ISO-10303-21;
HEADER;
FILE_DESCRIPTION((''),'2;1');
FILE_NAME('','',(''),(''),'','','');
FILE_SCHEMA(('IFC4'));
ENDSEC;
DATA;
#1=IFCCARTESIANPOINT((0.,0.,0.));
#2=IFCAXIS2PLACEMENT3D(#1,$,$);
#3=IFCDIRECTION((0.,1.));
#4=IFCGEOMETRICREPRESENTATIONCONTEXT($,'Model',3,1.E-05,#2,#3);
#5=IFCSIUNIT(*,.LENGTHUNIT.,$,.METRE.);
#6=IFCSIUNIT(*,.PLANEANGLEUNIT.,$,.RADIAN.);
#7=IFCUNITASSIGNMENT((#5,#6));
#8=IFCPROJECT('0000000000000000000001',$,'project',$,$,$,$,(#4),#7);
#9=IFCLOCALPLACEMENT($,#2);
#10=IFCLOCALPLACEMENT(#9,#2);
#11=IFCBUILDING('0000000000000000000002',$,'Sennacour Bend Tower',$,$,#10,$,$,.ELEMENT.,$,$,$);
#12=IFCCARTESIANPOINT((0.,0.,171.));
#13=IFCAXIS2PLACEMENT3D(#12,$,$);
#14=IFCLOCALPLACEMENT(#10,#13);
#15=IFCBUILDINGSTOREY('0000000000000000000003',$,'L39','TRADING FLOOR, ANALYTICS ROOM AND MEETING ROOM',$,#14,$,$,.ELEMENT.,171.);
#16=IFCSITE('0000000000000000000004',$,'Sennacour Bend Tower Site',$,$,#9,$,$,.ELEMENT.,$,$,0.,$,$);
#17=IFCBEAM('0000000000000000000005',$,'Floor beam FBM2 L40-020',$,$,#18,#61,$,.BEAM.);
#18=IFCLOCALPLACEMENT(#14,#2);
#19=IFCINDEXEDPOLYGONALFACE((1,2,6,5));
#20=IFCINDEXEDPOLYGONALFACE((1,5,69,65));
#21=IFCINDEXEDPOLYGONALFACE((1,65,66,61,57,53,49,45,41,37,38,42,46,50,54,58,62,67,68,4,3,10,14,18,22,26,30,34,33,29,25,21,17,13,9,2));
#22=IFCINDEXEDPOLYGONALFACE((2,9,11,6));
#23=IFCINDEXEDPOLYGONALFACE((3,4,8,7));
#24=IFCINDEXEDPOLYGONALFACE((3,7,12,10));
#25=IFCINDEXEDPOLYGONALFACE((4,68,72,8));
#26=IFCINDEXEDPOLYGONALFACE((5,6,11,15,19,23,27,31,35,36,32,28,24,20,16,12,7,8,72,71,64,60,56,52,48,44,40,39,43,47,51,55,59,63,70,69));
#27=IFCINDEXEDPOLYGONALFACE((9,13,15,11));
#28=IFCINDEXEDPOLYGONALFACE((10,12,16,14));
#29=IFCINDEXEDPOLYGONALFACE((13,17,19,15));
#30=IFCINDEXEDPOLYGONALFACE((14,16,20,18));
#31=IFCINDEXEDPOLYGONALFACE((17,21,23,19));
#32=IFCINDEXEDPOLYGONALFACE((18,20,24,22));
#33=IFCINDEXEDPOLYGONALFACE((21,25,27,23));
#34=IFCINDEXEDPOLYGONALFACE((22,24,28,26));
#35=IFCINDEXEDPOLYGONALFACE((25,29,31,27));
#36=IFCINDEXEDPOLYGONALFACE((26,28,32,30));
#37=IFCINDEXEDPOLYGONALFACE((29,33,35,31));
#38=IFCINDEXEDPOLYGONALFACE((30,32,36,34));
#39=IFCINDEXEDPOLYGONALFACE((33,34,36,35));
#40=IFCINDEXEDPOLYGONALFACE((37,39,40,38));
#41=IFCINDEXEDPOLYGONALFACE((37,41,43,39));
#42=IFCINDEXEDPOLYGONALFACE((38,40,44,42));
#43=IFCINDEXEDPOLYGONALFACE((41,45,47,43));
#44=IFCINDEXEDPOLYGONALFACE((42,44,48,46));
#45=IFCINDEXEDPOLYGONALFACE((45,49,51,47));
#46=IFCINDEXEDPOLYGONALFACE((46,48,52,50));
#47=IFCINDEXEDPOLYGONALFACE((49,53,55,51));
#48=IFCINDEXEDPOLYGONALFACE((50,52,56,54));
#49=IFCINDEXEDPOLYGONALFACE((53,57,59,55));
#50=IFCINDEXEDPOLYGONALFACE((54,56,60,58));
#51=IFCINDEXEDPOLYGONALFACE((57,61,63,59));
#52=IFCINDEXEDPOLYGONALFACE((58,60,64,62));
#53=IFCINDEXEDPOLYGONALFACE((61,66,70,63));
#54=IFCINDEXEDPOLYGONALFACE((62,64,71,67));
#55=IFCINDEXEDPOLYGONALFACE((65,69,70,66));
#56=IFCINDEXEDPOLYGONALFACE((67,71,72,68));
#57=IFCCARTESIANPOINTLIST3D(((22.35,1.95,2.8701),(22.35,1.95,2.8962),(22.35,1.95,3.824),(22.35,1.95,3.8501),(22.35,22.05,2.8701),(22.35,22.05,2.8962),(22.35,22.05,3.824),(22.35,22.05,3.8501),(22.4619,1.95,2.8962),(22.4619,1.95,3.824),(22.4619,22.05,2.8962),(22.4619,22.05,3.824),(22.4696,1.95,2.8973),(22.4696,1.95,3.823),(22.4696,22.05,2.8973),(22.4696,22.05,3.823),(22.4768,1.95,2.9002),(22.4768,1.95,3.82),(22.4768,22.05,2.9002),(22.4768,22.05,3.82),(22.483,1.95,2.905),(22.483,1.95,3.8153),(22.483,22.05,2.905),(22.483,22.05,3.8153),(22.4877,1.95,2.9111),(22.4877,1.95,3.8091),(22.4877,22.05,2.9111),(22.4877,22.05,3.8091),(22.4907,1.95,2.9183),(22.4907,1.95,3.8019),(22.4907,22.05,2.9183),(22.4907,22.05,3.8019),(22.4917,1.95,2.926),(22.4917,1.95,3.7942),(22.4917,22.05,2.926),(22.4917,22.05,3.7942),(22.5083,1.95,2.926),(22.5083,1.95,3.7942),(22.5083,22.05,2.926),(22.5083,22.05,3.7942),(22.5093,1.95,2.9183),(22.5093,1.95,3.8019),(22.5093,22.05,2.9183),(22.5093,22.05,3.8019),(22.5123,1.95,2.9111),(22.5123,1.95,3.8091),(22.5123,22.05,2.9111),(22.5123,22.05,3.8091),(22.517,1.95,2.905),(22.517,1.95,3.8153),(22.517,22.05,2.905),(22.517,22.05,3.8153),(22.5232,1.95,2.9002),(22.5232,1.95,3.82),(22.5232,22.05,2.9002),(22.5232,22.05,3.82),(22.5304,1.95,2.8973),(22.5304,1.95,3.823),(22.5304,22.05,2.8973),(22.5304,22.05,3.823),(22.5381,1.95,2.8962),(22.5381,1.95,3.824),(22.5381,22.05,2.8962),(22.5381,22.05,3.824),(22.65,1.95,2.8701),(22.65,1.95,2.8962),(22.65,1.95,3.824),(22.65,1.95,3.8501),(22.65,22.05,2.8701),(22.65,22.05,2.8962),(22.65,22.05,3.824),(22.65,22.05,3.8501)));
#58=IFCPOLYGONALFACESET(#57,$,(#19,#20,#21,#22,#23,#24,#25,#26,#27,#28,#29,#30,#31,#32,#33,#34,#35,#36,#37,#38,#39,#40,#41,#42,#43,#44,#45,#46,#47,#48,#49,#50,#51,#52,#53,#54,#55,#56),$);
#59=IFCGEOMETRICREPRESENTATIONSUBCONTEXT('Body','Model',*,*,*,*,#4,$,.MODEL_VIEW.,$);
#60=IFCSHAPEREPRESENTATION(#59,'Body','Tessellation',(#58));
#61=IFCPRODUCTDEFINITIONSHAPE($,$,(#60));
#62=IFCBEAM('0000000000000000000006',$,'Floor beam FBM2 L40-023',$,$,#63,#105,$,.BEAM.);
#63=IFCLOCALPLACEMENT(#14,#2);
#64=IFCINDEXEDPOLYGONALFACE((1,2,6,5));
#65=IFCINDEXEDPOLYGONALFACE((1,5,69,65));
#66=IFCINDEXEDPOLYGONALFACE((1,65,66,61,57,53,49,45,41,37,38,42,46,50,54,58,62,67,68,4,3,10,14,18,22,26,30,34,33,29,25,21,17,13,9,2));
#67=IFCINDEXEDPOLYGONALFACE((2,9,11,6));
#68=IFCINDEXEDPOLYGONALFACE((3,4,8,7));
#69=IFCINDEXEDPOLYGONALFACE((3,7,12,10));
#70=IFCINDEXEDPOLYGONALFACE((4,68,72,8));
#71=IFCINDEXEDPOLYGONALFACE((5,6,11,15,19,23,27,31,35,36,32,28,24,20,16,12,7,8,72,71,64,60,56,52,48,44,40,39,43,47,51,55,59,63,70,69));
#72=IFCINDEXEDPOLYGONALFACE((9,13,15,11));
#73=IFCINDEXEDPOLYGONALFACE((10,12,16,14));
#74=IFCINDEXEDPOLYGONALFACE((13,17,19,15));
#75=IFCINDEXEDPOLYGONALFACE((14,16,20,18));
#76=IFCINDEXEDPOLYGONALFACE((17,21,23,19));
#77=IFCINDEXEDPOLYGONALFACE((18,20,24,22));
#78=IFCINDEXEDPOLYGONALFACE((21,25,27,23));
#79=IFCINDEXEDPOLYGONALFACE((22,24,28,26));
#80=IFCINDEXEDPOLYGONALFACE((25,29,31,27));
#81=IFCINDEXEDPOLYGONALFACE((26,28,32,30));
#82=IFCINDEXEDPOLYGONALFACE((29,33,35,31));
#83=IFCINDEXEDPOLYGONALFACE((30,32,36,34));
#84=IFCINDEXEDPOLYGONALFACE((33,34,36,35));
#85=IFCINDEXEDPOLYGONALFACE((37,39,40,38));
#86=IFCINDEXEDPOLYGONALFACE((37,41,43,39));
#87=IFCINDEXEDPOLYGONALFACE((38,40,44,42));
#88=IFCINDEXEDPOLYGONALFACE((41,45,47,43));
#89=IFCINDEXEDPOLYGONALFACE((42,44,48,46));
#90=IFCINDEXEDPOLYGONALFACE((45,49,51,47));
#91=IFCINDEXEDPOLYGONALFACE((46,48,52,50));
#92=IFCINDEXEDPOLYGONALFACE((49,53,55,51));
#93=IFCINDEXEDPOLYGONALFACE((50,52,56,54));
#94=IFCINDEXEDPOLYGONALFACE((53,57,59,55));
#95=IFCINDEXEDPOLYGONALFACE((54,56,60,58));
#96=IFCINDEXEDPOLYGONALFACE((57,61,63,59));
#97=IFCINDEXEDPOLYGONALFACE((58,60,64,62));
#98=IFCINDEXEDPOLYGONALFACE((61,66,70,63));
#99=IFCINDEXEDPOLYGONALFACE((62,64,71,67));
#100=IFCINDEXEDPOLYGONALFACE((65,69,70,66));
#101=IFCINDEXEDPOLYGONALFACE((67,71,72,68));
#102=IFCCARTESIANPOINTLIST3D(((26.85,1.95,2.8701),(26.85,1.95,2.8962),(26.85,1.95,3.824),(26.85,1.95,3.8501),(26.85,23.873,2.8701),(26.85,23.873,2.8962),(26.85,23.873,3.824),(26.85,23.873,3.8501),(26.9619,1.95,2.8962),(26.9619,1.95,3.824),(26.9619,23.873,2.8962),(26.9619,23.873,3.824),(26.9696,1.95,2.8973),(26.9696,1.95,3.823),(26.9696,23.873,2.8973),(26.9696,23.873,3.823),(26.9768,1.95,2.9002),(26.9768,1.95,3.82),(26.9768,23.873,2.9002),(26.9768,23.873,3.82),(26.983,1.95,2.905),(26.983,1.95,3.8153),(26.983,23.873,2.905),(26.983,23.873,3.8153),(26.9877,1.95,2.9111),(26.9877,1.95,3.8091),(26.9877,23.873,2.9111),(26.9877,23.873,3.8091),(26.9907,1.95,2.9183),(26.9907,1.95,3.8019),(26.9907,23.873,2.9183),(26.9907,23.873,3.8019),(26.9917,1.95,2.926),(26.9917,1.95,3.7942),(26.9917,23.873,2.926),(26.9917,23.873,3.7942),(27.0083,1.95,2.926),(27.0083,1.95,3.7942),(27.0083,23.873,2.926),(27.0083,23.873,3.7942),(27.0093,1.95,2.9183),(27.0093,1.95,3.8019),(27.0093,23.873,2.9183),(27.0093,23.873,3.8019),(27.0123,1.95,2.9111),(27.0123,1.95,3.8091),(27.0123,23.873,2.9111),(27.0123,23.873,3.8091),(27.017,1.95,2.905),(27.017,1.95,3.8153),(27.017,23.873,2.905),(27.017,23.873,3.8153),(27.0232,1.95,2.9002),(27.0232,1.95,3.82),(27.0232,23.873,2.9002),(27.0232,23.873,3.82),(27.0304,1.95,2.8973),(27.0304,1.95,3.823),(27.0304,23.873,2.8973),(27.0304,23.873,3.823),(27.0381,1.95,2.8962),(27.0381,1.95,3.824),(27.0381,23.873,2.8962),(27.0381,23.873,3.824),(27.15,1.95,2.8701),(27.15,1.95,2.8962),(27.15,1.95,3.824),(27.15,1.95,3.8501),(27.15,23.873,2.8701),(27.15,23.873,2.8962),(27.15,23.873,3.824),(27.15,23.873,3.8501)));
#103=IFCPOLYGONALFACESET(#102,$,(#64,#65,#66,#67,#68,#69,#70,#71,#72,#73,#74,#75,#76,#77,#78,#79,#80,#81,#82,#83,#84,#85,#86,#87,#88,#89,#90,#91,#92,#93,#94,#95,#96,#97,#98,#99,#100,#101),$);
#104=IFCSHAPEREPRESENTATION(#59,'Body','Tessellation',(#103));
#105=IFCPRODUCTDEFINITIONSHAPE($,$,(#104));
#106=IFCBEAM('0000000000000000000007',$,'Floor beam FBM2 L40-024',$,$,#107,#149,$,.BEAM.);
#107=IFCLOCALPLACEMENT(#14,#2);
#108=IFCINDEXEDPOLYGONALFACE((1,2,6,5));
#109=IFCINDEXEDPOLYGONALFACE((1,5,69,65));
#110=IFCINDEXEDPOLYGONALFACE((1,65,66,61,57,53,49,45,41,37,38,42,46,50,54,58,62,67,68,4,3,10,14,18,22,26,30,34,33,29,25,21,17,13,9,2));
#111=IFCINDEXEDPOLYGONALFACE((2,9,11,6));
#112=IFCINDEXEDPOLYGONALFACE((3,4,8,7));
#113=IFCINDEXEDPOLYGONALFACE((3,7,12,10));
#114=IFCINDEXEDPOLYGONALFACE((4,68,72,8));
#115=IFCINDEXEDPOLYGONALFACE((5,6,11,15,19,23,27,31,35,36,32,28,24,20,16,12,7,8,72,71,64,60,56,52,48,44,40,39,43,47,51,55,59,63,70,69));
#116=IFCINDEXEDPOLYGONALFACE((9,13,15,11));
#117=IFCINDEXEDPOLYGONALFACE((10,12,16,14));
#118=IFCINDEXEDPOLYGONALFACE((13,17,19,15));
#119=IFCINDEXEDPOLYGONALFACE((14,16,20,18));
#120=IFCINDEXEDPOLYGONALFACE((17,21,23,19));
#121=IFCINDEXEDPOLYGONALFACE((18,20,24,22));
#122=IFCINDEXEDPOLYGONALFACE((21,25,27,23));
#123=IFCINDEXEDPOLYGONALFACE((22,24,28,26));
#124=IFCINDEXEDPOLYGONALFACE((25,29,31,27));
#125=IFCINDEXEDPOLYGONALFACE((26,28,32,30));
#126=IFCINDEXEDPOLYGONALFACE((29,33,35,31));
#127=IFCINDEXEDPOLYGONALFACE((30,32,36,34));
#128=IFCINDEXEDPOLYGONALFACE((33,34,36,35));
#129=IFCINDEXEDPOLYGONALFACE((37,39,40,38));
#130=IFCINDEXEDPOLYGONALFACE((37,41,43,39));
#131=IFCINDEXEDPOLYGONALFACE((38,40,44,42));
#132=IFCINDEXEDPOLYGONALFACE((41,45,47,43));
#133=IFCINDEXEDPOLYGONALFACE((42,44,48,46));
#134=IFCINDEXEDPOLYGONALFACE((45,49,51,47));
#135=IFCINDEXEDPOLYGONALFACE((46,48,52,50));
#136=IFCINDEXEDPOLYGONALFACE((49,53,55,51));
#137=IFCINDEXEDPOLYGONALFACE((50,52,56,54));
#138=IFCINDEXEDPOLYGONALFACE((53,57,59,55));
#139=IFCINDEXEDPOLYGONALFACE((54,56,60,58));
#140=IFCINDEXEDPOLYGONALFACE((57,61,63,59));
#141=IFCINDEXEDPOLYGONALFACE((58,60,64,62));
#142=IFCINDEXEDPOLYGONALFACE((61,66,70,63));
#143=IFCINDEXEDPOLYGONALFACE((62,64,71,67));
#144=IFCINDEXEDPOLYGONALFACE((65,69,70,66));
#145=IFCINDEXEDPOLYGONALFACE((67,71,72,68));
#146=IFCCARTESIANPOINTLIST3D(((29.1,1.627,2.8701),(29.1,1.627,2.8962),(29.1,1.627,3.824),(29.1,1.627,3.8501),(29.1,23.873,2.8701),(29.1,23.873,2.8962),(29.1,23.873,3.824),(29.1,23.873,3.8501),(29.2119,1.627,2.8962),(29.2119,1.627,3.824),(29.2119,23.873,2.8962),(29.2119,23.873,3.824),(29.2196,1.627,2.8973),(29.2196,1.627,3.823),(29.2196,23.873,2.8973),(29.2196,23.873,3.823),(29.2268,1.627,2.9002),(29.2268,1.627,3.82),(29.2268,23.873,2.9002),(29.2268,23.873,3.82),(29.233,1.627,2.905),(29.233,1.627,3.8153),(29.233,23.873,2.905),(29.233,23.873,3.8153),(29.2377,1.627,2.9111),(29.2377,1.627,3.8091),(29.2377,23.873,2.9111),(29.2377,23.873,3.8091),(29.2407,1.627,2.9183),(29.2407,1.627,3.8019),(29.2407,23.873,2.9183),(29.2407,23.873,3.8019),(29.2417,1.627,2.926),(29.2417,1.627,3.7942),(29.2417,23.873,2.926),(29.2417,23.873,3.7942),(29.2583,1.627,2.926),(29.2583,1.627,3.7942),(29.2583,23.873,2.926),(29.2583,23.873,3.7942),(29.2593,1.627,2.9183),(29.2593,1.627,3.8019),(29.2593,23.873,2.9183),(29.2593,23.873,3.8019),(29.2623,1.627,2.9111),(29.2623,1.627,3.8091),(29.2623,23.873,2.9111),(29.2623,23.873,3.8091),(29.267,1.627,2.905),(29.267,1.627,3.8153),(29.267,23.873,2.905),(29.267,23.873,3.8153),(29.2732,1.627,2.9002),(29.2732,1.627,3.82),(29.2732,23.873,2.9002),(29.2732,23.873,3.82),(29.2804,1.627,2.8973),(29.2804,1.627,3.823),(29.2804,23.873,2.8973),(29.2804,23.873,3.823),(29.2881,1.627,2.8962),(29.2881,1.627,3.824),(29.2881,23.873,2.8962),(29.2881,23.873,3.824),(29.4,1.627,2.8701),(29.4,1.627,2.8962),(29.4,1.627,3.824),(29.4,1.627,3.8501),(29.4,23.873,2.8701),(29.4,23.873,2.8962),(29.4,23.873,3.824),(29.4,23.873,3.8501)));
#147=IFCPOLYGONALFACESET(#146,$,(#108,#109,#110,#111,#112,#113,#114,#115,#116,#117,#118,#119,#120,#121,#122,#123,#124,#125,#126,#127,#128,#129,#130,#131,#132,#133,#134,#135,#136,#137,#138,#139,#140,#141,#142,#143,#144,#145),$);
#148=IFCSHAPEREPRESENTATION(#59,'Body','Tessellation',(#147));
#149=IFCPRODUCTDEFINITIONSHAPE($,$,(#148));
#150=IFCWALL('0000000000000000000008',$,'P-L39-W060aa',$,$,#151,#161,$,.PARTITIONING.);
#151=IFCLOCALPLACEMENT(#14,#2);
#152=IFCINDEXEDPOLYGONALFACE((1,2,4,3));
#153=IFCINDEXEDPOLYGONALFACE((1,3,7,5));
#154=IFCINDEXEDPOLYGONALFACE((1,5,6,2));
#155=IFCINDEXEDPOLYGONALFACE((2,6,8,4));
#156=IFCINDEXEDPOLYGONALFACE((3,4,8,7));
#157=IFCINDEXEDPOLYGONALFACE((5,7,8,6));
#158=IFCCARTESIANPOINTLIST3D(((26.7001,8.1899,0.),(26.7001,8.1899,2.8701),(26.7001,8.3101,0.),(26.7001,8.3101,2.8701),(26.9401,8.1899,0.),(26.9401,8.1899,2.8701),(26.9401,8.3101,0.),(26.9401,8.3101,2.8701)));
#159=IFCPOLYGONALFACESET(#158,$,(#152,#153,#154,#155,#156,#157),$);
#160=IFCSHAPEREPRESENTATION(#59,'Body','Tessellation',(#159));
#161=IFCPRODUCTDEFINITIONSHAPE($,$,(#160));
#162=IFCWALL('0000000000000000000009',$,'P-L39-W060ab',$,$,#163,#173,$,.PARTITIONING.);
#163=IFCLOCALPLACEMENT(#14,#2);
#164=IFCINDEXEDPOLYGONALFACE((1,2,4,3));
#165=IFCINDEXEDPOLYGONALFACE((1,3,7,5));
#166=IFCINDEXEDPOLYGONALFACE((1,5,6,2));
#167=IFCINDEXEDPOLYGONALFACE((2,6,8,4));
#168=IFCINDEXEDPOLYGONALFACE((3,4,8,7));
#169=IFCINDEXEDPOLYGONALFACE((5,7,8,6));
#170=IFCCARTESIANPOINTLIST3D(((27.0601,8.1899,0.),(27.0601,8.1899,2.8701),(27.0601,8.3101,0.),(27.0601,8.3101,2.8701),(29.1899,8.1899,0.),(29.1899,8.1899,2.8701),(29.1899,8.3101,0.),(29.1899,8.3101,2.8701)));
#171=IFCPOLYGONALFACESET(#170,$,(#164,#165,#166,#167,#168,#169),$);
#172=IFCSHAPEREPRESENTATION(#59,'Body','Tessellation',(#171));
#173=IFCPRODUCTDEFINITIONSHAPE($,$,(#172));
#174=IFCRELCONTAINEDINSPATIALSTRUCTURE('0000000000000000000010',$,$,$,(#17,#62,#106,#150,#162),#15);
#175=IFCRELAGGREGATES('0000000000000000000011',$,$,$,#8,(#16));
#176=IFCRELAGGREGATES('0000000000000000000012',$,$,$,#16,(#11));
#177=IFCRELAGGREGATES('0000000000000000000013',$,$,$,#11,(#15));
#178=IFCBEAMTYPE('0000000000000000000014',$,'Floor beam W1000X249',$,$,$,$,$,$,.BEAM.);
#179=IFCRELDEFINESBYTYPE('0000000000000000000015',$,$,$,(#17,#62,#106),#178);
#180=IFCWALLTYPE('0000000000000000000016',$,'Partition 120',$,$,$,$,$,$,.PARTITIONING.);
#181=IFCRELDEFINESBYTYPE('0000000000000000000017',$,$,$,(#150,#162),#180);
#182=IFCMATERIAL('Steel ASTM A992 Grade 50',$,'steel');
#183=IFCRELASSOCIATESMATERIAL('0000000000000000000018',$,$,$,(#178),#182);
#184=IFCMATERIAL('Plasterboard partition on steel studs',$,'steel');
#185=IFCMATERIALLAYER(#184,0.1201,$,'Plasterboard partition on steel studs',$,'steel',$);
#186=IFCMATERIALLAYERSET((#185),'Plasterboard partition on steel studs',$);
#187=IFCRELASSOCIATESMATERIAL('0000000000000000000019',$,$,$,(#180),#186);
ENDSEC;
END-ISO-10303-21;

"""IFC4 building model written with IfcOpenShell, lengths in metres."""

from ifc_helpers import new_model, si_unit, direction, frame, frame_2d, origin, origin_2d, place, context, subcontext, project, spatial, rectangle, i_section, extrude, material, layer, layer_set, material_profile, profile_set, type_object, element, save


model = new_model("IFC4")

# Units and contexts
model_context = context("Model", 3, precision=1e-05, world=origin(), true_north=direction((0.0, 1.0)))
body_context = subcontext(model_context, "Body", "Model", "MODEL_VIEW")
ifc_project = project(units=[si_unit("LENGTHUNIT", "METRE"), si_unit("PLANEANGLEUNIT", "RADIAN")], contexts=[model_context])

# Site, building, storey
site_placement = place(None, origin())
site = spatial("IfcSite", under=ifc_project, at=site_placement, Name="Sennacour Bend Tower Site", CompositionType="ELEMENT", RefElevation=0.0)
building_placement = place(site_placement, origin())
building = spatial("IfcBuilding", under=site, at=building_placement, Name="Sennacour Bend Tower", CompositionType="ELEMENT")
storey_placement = place(building_placement, frame((0.0, 0.0, 171.0)))
storey = spatial("IfcBuildingStorey", under=building, at=storey_placement, Name="L39", Description="TRADING FLOOR, ANALYTICS ROOM AND MEETING ROOM", CompositionType="ELEMENT", Elevation=171.0)

# Beams
ifc_material_1 = material(Name="Steel ASTM A992 Grade 50", Category="steel")
ifc_material_profile = material_profile(ifc_material_1, i_section(OverallWidth=0.3, OverallDepth=0.98, WebThickness=0.0166, FlangeThickness=0.0261, FilletRadius=0.0298, at=origin_2d()), Name="Steel ASTM A992 Grade 50", Category="steel")
ifc_profile_set = profile_set([ifc_material_profile], Name="Steel ASTM A992 Grade 50")
beam_type = type_object("IfcBeamType", Name="Floor beam W1000X249", PredefinedType="BEAM", material=ifc_profile_set)
beam_1_placement = place(storey_placement, frame((22.5, 1.95, 3.3601), z_axis=(0.0, 1.0, 0.0), x_axis=(-1.0, 0.0, 0.0)))
element("IfcBeam", 1, at=beam_1_placement, inside=storey, type_object=beam_type, Name="Floor beam FBM2 L40-020", PredefinedType="BEAM", context=body_context, shape_type="SweptSolid", body=[
    extrude(i_section(OverallWidth=0.3, OverallDepth=0.98, WebThickness=0.0166, FlangeThickness=0.0261, FilletRadius=0.0298, at=origin_2d()), origin(), (0.0, 0.0, 1.0), 20.1001),
])
beam_2_placement = place(storey_placement, frame((27.0, 1.95, 3.3601), z_axis=(0.0, 1.0, 0.0), x_axis=(-1.0, 0.0, 0.0)))
element("IfcBeam", 2, at=beam_2_placement, inside=storey, type_object=beam_type, Name="Floor beam FBM2 L40-023", PredefinedType="BEAM", context=body_context, shape_type="SweptSolid", body=[
    extrude(i_section(OverallWidth=0.3, OverallDepth=0.98, WebThickness=0.0166, FlangeThickness=0.0261, FilletRadius=0.0298, at=origin_2d()), origin(), (0.0, 0.0, 1.0), 21.9231),
])
beam_3_placement = place(storey_placement, frame((29.25, 1.627, 3.3601), z_axis=(0.0, 1.0, 0.0), x_axis=(-1.0, 0.0, 0.0)))
element("IfcBeam", 3, at=beam_3_placement, inside=storey, type_object=beam_type, Name="Floor beam FBM2 L40-024", PredefinedType="BEAM", context=body_context, shape_type="SweptSolid", body=[
    extrude(i_section(OverallWidth=0.3, OverallDepth=0.98, WebThickness=0.0166, FlangeThickness=0.0261, FilletRadius=0.0298, at=origin_2d()), origin(), (0.0, 0.0, 1.0), 22.2461),
])

# Walls
ifc_material_2 = material(Name="Plasterboard partition on steel studs", Category="steel")
ifc_layer_1 = layer(ifc_material_2, 0.1201, Name="Plasterboard partition on steel studs", Category="steel")
ifc_layer_set_1 = layer_set([ifc_layer_1], Name="Plasterboard partition on steel studs")
wall_type_1 = type_object("IfcWallType", Name="Partition 120", PredefinedType="PARTITIONING", material=ifc_layer_set_1)
wall_1_placement = place(storey_placement, frame((26.7, 8.25, 0.0), z_axis=(0.0, 0.0, 1.0), x_axis=(1.0, 0.0, 0.0)))
element("IfcWall", 4, at=wall_1_placement, inside=storey, type_object=wall_type_1, Name="P-L39-W060aa", PredefinedType="PARTITIONING", context=body_context, shape_type="SweptSolid", body=[
    extrude(rectangle(XDim=0.24, YDim=0.1201, at=frame_2d((0.1201, 0.0))), origin(), (0.0, 0.0, 1.0), 2.8701),
])
wall_2_placement = place(storey_placement, frame((27.0601, 8.25, 0.0), z_axis=(0.0, 0.0, 1.0), x_axis=(1.0, 0.0, 0.0)))
element("IfcWall", 5, at=wall_2_placement, inside=storey, type_object=wall_type_1, Name="P-L39-W060ab", PredefinedType="PARTITIONING", context=body_context, shape_type="SweptSolid", body=[
    extrude(rectangle(XDim=2.1299, YDim=0.1201, at=frame_2d((1.0649, 0.0))), origin(), (0.0, 0.0, 1.0), 2.8701),
])

save(model, "model.ifc")
